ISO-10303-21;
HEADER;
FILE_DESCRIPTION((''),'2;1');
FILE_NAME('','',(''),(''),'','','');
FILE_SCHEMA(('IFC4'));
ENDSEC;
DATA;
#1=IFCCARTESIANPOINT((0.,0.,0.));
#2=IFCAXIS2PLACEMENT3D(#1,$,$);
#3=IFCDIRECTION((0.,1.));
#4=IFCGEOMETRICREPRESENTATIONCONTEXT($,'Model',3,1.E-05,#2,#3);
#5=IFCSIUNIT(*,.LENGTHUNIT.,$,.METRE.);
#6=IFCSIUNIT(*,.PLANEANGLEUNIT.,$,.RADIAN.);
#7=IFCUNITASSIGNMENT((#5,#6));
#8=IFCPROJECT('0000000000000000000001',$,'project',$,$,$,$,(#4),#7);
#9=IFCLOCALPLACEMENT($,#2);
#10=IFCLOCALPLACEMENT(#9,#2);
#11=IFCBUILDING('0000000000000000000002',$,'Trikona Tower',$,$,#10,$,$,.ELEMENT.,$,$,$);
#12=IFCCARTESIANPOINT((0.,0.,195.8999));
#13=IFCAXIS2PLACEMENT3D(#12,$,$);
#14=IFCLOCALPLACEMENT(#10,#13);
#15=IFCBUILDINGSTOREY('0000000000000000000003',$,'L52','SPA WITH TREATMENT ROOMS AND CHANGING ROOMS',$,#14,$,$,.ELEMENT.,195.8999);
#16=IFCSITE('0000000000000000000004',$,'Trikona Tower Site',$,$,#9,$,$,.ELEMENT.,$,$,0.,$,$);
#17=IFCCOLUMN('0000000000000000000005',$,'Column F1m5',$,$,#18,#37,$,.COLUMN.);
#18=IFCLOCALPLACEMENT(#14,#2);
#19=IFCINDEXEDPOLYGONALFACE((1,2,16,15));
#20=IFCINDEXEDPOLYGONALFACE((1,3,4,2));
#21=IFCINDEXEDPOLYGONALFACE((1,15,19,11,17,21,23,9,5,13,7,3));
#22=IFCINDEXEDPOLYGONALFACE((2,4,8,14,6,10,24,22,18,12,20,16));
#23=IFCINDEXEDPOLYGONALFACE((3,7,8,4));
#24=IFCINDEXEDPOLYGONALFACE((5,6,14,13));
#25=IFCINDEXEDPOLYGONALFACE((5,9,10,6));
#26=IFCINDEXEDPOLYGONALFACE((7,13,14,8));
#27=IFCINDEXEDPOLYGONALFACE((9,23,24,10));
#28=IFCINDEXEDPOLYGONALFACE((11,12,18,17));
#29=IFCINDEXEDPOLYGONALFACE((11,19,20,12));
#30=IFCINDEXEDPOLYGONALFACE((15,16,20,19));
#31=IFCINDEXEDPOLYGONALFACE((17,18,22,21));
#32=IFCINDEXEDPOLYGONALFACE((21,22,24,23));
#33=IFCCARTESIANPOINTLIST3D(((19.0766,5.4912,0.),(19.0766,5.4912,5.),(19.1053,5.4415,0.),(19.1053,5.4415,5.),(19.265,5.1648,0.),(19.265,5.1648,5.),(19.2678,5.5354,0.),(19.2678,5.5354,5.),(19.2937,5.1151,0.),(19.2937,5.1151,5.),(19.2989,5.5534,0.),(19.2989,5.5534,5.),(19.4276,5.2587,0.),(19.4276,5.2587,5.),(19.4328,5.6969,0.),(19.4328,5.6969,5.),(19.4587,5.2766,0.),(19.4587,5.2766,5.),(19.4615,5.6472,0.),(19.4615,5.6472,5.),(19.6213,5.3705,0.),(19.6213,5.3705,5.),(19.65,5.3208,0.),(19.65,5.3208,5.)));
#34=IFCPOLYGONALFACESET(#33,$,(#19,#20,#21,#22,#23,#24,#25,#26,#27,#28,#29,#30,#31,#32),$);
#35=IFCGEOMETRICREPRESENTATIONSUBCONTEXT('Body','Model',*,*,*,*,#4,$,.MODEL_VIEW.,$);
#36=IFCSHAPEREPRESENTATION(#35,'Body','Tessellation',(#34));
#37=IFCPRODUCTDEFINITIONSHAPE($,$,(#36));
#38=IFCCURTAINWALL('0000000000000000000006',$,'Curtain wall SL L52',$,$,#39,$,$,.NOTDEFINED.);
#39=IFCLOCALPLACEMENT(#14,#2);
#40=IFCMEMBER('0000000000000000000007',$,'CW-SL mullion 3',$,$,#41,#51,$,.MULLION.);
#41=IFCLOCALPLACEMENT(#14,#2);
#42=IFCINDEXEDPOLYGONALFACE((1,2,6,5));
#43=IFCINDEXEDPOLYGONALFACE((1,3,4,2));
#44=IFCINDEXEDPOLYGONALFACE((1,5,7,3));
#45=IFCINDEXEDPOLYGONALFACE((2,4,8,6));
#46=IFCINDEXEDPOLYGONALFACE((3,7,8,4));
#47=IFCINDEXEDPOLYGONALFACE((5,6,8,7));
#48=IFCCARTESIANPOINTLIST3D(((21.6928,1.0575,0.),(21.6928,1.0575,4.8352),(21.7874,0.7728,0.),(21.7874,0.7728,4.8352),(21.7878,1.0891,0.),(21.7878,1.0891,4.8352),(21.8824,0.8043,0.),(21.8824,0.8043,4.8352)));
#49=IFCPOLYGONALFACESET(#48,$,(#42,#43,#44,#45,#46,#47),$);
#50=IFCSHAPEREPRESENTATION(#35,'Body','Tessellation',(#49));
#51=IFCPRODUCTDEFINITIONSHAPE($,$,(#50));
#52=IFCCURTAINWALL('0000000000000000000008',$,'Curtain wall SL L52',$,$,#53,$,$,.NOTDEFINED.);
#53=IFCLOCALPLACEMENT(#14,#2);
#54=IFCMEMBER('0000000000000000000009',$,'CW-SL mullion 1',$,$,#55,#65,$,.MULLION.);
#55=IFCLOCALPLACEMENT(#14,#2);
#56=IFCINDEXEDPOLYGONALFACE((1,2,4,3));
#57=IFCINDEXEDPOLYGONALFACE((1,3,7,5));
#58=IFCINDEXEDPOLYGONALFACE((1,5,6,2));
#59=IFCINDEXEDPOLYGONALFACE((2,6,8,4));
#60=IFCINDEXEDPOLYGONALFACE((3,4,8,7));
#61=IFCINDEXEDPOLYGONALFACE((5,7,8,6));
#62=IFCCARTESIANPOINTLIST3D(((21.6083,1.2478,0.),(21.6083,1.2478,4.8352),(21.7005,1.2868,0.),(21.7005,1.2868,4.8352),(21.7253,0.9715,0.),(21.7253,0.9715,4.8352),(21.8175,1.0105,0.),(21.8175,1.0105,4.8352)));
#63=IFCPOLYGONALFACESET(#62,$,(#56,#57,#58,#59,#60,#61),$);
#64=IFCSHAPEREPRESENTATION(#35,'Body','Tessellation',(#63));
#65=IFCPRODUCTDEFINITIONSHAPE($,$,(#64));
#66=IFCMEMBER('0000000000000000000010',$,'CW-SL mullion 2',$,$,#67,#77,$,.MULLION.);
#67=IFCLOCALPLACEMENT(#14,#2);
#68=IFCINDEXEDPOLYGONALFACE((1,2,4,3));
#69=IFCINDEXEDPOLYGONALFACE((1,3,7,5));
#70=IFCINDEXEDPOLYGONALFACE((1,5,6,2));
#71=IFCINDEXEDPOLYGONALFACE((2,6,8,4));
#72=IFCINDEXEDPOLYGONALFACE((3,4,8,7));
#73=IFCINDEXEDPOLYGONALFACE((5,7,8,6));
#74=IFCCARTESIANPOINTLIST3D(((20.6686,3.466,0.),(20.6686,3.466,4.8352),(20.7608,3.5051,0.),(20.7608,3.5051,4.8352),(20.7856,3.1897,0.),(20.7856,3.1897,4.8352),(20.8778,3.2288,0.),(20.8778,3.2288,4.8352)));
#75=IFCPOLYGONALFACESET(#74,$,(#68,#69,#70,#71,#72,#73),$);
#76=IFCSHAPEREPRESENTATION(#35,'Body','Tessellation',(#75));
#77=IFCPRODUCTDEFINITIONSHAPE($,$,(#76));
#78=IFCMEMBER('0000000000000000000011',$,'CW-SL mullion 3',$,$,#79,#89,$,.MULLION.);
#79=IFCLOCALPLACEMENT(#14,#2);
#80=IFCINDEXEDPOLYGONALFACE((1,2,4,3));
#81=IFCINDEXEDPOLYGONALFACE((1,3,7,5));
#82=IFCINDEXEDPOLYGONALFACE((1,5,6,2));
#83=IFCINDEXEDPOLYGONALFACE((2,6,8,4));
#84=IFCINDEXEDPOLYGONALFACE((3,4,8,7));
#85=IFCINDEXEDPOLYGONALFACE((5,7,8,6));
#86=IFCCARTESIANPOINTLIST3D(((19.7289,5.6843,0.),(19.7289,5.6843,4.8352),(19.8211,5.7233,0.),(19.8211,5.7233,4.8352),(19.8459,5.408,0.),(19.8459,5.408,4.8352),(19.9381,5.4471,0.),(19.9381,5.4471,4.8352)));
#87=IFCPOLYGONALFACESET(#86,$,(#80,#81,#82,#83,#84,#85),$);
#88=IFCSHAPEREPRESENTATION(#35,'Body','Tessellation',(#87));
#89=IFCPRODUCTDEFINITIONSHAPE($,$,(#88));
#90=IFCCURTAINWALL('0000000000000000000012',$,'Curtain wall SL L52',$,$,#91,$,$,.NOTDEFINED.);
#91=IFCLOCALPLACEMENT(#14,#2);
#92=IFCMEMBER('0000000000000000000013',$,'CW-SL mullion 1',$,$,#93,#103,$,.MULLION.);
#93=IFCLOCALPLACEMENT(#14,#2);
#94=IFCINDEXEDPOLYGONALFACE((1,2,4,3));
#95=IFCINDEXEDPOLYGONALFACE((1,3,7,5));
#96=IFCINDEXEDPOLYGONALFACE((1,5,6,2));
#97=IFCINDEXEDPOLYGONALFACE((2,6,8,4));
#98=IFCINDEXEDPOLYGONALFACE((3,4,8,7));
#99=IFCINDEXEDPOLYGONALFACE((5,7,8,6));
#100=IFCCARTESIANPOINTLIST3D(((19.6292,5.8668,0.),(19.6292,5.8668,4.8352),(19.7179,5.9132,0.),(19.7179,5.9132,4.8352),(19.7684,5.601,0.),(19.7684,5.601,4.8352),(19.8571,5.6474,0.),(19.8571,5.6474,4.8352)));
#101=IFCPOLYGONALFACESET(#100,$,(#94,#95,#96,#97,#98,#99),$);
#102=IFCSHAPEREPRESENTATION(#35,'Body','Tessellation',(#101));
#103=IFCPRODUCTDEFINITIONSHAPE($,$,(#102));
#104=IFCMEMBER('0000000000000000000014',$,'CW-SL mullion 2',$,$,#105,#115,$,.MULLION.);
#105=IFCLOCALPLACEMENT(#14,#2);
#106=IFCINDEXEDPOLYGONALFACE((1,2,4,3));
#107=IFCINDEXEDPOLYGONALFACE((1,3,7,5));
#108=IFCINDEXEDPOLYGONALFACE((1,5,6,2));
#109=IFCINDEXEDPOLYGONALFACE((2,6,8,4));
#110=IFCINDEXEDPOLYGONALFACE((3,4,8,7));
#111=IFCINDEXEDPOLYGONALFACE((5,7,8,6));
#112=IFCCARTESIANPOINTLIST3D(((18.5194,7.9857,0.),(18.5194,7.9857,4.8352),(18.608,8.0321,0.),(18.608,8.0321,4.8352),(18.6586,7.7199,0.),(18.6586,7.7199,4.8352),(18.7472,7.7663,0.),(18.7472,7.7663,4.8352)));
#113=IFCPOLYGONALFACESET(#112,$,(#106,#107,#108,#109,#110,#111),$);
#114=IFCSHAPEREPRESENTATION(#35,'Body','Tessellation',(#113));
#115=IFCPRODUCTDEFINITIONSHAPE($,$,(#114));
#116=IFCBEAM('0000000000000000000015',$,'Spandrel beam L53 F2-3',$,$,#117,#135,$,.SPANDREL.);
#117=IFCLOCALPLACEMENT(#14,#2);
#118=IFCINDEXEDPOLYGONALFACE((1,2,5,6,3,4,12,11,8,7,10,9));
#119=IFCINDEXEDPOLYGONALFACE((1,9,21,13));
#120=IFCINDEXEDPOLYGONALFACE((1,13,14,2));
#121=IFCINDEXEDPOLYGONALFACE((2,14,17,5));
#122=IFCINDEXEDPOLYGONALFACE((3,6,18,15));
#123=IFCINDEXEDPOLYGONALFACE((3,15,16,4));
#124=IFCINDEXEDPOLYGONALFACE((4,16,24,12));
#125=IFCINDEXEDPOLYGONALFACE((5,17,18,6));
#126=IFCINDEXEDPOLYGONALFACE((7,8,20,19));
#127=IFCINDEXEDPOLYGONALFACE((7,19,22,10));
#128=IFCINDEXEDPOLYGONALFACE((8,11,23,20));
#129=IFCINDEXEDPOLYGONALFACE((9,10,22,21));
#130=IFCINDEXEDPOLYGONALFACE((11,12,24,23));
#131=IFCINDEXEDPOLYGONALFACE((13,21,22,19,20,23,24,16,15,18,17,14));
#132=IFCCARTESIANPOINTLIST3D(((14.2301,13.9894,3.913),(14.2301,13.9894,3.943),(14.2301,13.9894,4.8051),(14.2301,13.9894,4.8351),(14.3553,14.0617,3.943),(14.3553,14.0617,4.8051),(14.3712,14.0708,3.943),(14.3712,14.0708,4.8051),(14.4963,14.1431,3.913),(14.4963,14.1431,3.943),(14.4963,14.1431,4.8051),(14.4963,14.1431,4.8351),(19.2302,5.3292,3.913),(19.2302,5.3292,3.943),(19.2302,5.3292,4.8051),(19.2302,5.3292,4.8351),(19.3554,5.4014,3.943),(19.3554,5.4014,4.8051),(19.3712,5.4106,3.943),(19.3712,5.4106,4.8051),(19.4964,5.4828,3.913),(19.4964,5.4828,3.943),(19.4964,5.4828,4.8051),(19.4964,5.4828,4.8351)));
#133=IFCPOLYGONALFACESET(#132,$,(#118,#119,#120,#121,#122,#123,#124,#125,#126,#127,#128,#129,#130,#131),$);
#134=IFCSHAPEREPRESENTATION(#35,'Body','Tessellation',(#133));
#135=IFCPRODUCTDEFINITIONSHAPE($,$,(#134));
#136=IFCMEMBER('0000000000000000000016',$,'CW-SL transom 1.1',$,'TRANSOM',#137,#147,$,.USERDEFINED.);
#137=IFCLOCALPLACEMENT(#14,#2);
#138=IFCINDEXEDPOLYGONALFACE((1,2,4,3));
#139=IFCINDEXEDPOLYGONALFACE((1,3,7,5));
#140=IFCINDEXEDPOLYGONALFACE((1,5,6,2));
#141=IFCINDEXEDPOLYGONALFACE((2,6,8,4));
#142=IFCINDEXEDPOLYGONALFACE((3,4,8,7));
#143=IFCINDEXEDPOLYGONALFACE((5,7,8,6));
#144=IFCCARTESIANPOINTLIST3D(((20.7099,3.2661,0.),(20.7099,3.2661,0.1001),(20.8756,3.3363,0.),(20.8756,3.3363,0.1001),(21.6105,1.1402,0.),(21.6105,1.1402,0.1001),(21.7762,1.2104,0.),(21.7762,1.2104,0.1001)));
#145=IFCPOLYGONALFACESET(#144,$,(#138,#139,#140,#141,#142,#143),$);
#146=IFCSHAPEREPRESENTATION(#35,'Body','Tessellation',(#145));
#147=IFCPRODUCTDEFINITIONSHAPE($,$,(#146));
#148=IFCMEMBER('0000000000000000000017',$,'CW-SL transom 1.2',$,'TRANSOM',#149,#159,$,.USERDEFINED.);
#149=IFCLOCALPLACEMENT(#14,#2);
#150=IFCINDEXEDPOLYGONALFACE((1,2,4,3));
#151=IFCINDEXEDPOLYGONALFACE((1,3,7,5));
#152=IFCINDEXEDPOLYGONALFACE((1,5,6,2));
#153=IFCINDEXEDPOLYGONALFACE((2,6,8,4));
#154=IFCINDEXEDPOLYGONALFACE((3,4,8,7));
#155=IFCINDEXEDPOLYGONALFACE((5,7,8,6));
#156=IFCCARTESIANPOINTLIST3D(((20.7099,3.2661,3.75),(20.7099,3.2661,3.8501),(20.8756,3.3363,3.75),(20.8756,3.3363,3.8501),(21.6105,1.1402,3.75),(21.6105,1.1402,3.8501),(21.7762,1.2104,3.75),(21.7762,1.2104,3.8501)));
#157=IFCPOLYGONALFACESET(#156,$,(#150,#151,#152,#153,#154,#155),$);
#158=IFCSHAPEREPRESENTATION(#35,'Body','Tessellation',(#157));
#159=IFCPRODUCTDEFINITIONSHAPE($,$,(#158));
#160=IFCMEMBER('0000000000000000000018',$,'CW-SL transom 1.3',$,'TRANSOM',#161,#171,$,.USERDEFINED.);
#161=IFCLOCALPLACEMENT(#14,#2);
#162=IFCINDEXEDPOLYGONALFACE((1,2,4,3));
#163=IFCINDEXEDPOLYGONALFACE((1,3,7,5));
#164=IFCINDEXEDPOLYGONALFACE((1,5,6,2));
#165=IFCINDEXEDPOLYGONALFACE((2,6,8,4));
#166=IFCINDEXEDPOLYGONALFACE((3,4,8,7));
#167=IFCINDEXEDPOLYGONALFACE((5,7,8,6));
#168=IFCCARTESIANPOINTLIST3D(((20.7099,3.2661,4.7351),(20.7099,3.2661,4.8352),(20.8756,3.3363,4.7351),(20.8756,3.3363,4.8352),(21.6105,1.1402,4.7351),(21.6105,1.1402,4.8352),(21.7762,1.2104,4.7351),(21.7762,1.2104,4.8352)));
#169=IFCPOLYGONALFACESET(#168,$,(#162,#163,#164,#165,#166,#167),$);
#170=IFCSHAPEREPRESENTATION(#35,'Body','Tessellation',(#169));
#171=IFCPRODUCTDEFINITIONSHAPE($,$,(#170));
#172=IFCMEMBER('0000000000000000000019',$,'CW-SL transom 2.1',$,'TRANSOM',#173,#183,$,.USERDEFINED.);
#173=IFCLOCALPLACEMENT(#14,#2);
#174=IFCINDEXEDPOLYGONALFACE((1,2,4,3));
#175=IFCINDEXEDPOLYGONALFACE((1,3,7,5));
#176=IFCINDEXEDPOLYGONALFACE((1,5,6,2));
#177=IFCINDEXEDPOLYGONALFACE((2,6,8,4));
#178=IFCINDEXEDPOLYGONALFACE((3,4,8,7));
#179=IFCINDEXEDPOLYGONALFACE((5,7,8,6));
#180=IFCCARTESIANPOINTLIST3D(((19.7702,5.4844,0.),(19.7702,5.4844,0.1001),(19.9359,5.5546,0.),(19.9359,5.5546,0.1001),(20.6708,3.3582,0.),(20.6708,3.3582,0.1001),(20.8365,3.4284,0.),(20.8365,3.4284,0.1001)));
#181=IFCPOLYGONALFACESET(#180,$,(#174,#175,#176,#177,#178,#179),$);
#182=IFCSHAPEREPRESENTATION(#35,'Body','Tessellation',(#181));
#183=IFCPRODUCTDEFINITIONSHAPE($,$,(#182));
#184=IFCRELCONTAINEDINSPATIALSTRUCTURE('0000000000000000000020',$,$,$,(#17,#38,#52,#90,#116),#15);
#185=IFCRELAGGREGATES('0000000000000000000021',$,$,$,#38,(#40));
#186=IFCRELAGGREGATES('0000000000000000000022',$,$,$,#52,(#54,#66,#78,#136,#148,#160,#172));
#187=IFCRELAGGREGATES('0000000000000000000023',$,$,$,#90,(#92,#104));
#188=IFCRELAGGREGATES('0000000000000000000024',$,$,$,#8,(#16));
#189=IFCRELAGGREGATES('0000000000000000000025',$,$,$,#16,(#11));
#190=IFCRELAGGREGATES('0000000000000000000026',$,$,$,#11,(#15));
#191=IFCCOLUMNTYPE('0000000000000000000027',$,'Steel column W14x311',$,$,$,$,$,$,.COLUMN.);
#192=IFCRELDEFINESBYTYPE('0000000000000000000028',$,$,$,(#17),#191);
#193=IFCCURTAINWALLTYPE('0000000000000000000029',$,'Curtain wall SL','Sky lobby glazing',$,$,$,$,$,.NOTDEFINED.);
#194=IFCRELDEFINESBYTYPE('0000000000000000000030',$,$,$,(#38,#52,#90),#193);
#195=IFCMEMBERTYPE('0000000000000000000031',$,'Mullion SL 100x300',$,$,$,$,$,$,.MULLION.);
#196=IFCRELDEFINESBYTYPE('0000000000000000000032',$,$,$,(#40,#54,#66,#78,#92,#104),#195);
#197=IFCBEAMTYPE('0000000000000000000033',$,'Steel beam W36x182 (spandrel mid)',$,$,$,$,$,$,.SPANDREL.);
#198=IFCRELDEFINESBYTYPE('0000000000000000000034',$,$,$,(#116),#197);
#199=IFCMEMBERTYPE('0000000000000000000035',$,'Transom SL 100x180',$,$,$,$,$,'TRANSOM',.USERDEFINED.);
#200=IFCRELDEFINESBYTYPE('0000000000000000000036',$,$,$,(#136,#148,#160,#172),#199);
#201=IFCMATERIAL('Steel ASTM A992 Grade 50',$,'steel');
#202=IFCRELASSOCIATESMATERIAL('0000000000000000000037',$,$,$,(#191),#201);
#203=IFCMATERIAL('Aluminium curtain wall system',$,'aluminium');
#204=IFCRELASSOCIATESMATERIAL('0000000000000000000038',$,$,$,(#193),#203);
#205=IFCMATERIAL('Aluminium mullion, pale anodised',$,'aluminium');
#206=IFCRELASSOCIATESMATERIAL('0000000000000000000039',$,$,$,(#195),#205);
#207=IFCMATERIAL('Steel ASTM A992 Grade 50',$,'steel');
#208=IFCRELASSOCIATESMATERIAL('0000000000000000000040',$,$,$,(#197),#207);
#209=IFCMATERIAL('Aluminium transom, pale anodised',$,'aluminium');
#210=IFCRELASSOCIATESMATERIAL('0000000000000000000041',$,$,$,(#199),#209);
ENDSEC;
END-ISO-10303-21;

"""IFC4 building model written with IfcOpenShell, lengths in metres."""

from ifc_helpers import new_model, si_unit, direction, frame, origin, origin_2d, place, context, subcontext, project, spatial, rectangle, i_section, extrude, material, material_profile, profile_set, type_object, element, aggregate, save


model = new_model("IFC4")

# Units and contexts
model_context = context("Model", 3, precision=1e-05, world=origin(), true_north=direction((0.0, 1.0)))
body_context = subcontext(model_context, "Body", "Model", "MODEL_VIEW")
ifc_project = project(units=[si_unit("LENGTHUNIT", "METRE"), si_unit("PLANEANGLEUNIT", "RADIAN")], contexts=[model_context])

# Site, building, storey
site_placement = place(None, origin())
site = spatial("IfcSite", under=ifc_project, at=site_placement, Name="Trikona Tower Site", CompositionType="ELEMENT", RefElevation=0.0)
building_placement = place(site_placement, origin())
building = spatial("IfcBuilding", under=site, at=building_placement, Name="Trikona Tower", CompositionType="ELEMENT")
storey_placement = place(building_placement, frame((0.0, 0.0, 195.8999)))
storey = spatial("IfcBuildingStorey", under=building, at=storey_placement, Name="L52", Description="SPA WITH TREATMENT ROOMS AND CHANGING ROOMS", CompositionType="ELEMENT", Elevation=195.8999)

# Column
ifc_material_1 = material(Name="Steel ASTM A992 Grade 50", Category="steel")
ifc_material_profile_1 = material_profile(ifc_material_1, i_section(OverallWidth=0.4114, OverallDepth=0.4343, WebThickness=0.0359, FlangeThickness=0.0574, at=origin_2d()), Name="W14X311")
ifc_profile_set_1 = profile_set([ifc_material_profile_1], Name="Steel ASTM A992 Grade 50")
column_type = type_object("IfcColumnType", Name="Steel column W14x311", PredefinedType="COLUMN", material=ifc_profile_set_1)
column_placement = place(storey_placement, frame((19.3633, 5.406, 0.0), z_axis=(0.0, 0.0, 1.0), x_axis=(0.866025, 0.5, 0.0)))
element("IfcColumn", 1, at=column_placement, inside=storey, type_object=column_type, Name="Column F1m5", PredefinedType="COLUMN", context=body_context, shape_type="SweptSolid", body=[
    extrude(i_section(OverallWidth=0.4114, OverallDepth=0.4343, WebThickness=0.0359, FlangeThickness=0.0574, at=origin_2d()), origin(), (0.0, 0.0, 1.0), 5.0),
])

# Curtain wall, member
ifc_material_2 = material(Name="Aluminium curtain wall system", Category="aluminium")
curtain_wall_type = type_object("IfcCurtainWallType", Name="Curtain wall SL", Description="Sky lobby glazing", PredefinedType="NOTDEFINED", material=ifc_material_2)
curtain_wall_1_placement = place(storey_placement, origin())
curtain_wall_1 = element("IfcCurtainWall", 2, at=curtain_wall_1_placement, inside=storey, type_object=curtain_wall_type, Name="Curtain wall SL L52", PredefinedType="NOTDEFINED")
ifc_material_3 = material(Name="Aluminium mullion, pale anodised", Category="aluminium")
ifc_material_profile_2 = material_profile(ifc_material_3, rectangle(XDim=0.1001, YDim=0.3, at=origin_2d()), Name="MUL-SL")
ifc_profile_set_2 = profile_set([ifc_material_profile_2], Name="Aluminium mullion, pale anodised")
member_type_1 = type_object("IfcMemberType", Name="Mullion SL 100x300", PredefinedType="MULLION", material=ifc_profile_set_2)
member_1_placement = place(storey_placement, frame((21.7876, 0.9309, 0.0), z_axis=(0.0, 0.0, 1.0), x_axis=(-0.94906, -0.315096, 0.0)))
member_1 = element("IfcMember", 3, at=member_1_placement, type_object=member_type_1, Name="CW-SL mullion 3", PredefinedType="MULLION", context=body_context, shape_type="SweptSolid", body=[
    extrude(rectangle(XDim=0.1001, YDim=0.3, at=origin_2d()), origin(), (0.0, 0.0, 1.0), 4.8352),
])
aggregate(curtain_wall_1, [member_1])

# Curtain walls, members
curtain_wall_2_placement = place(storey_placement, origin())
curtain_wall_2 = element("IfcCurtainWall", 4, at=curtain_wall_2_placement, inside=storey, type_object=curtain_wall_type, Name="Curtain wall SL L52", PredefinedType="NOTDEFINED")
member_2_placement = place(storey_placement, frame((21.7129, 1.1292, 0.0), z_axis=(0.0, 0.0, 1.0), x_axis=(-0.920792, -0.390053, 0.0)))
member_2 = element("IfcMember", 5, at=member_2_placement, type_object=member_type_1, Name="CW-SL mullion 1", PredefinedType="MULLION", context=body_context, shape_type="SweptSolid", body=[
    extrude(rectangle(XDim=0.1001, YDim=0.3, at=origin_2d()), origin(), (0.0, 0.0, 1.0), 4.8352),
])
member_3_placement = place(storey_placement, frame((20.7732, 3.3474, 0.0), z_axis=(0.0, 0.0, 1.0), x_axis=(-0.920792, -0.390053, 0.0)))
member_3 = element("IfcMember", 6, at=member_3_placement, type_object=member_type_1, Name="CW-SL mullion 2", PredefinedType="MULLION", context=body_context, shape_type="SweptSolid", body=[
    extrude(rectangle(XDim=0.1001, YDim=0.3, at=origin_2d()), origin(), (0.0, 0.0, 1.0), 4.8352),
])
member_4_placement = place(storey_placement, frame((19.8335, 5.5657, 0.0), z_axis=(0.0, 0.0, 1.0), x_axis=(-0.920792, -0.390053, 0.0)))
member_4 = element("IfcMember", 7, at=member_4_placement, type_object=member_type_1, Name="CW-SL mullion 3", PredefinedType="MULLION", context=body_context, shape_type="SweptSolid", body=[
    extrude(rectangle(XDim=0.1001, YDim=0.3, at=origin_2d()), origin(), (0.0, 0.0, 1.0), 4.8352),
])
curtain_wall_3_placement = place(storey_placement, origin())
curtain_wall_3 = element("IfcCurtainWall", 8, at=curtain_wall_3_placement, inside=storey, type_object=curtain_wall_type, Name="Curtain wall SL L52", PredefinedType="NOTDEFINED")
member_5_placement = place(storey_placement, frame((19.7432, 5.7571, 0.0), z_axis=(0.0, 0.0, 1.0), x_axis=(-0.885862, -0.463948, 0.0)))
member_5 = element("IfcMember", 9, at=member_5_placement, type_object=member_type_1, Name="CW-SL mullion 1", PredefinedType="MULLION", context=body_context, shape_type="SweptSolid", body=[
    extrude(rectangle(XDim=0.1001, YDim=0.3, at=origin_2d()), origin(), (0.0, 0.0, 1.0), 4.8352),
])
member_6_placement = place(storey_placement, frame((18.6333, 7.876, 0.0), z_axis=(0.0, 0.0, 1.0), x_axis=(-0.885862, -0.463948, 0.0)))
member_6 = element("IfcMember", 10, at=member_6_placement, type_object=member_type_1, Name="CW-SL mullion 2", PredefinedType="MULLION", context=body_context, shape_type="SweptSolid", body=[
    extrude(rectangle(XDim=0.1001, YDim=0.3, at=origin_2d()), origin(), (0.0, 0.0, 1.0), 4.8352),
])

# Beam
ifc_material_4 = material(Name="Steel ASTM A992 Grade 50", Category="steel")
ifc_material_profile_3 = material_profile(ifc_material_4, i_section(OverallWidth=0.3074, OverallDepth=0.9221, WebThickness=0.0183, FlangeThickness=0.03, at=origin_2d()), Name="W36X182")
ifc_profile_set_3 = profile_set([ifc_material_profile_3], Name="Steel ASTM A992 Grade 50")
beam_type = type_object("IfcBeamType", Name="Steel beam W36x182 (spandrel mid)", PredefinedType="SPANDREL", material=ifc_profile_set_3)
beam_placement = place(storey_placement, frame((19.3633, 5.406, 4.374), z_axis=(-0.500004, 0.866023, 0.0), x_axis=(-0.866023, -0.500004, 0.0)))
element("IfcBeam", 11, at=beam_placement, inside=storey, type_object=beam_type, Name="Spandrel beam L53 F2-3", PredefinedType="SPANDREL", context=body_context, shape_type="SweptSolid", body=[
    extrude(i_section(OverallWidth=0.3074, OverallDepth=0.9221, WebThickness=0.0183, FlangeThickness=0.03, at=origin_2d()), origin(), (0.0, 0.0, 1.0), 10.0),
])

# Members
ifc_material_5 = material(Name="Aluminium transom, pale anodised", Category="aluminium")
ifc_material_profile_4 = material_profile(ifc_material_5, rectangle(XDim=0.1799, YDim=0.1001, at=origin_2d()), Name="TRN-SL")
ifc_profile_set_4 = profile_set([ifc_material_profile_4], Name="Aluminium transom, pale anodised")
member_type_2 = type_object("IfcMemberType", Name="Transom SL 100x180", ElementType="TRANSOM", PredefinedType="USERDEFINED", material=ifc_profile_set_4)
member_7_placement = place(storey_placement, frame((21.6934, 1.1753, 0.05), z_axis=(-0.390075, 0.920783, 0.0), x_axis=(-0.920783, -0.390075, 0.0)))
member_7 = element("IfcMember", 12, at=member_7_placement, type_object=member_type_2, Name="CW-SL transom 1.1", ObjectType="TRANSOM", PredefinedType="USERDEFINED", context=body_context, shape_type="SweptSolid", body=[
    extrude(rectangle(XDim=0.1799, YDim=0.1001, at=origin_2d()), origin(), (0.0, 0.0, 1.0), 2.3088),
])
member_8_placement = place(storey_placement, frame((21.6934, 1.1753, 3.8), z_axis=(-0.390075, 0.920783, 0.0), x_axis=(-0.920783, -0.390075, 0.0)))
member_8 = element("IfcMember", 13, at=member_8_placement, type_object=member_type_2, Name="CW-SL transom 1.2", ObjectType="TRANSOM", PredefinedType="USERDEFINED", context=body_context, shape_type="SweptSolid", body=[
    extrude(rectangle(XDim=0.1799, YDim=0.1001, at=origin_2d()), origin(), (0.0, 0.0, 1.0), 2.3088),
])
member_9_placement = place(storey_placement, frame((21.6934, 1.1753, 4.7852), z_axis=(-0.390075, 0.920783, 0.0), x_axis=(-0.920783, -0.390075, 0.0)))
member_9 = element("IfcMember", 14, at=member_9_placement, type_object=member_type_2, Name="CW-SL transom 1.3", ObjectType="TRANSOM", PredefinedType="USERDEFINED", context=body_context, shape_type="SweptSolid", body=[
    extrude(rectangle(XDim=0.1799, YDim=0.1001, at=origin_2d()), origin(), (0.0, 0.0, 1.0), 2.3088),
])
member_10_placement = place(storey_placement, frame((20.7537, 3.3933, 0.05), z_axis=(-0.390037, 0.920799, 0.0), x_axis=(-0.920799, -0.390037, 0.0)))
member_10 = element("IfcMember", 15, at=member_10_placement, type_object=member_type_2, Name="CW-SL transom 2.1", ObjectType="TRANSOM", PredefinedType="USERDEFINED", context=body_context, shape_type="SweptSolid", body=[
    extrude(rectangle(XDim=0.1799, YDim=0.1001, at=origin_2d()), origin(), (0.0, 0.0, 1.0), 2.3091),
])

aggregate(curtain_wall_2, [member_2, member_3, member_4, member_7, member_8, member_9, member_10])
aggregate(curtain_wall_3, [member_5, member_6])

save(model, "model.ifc")
